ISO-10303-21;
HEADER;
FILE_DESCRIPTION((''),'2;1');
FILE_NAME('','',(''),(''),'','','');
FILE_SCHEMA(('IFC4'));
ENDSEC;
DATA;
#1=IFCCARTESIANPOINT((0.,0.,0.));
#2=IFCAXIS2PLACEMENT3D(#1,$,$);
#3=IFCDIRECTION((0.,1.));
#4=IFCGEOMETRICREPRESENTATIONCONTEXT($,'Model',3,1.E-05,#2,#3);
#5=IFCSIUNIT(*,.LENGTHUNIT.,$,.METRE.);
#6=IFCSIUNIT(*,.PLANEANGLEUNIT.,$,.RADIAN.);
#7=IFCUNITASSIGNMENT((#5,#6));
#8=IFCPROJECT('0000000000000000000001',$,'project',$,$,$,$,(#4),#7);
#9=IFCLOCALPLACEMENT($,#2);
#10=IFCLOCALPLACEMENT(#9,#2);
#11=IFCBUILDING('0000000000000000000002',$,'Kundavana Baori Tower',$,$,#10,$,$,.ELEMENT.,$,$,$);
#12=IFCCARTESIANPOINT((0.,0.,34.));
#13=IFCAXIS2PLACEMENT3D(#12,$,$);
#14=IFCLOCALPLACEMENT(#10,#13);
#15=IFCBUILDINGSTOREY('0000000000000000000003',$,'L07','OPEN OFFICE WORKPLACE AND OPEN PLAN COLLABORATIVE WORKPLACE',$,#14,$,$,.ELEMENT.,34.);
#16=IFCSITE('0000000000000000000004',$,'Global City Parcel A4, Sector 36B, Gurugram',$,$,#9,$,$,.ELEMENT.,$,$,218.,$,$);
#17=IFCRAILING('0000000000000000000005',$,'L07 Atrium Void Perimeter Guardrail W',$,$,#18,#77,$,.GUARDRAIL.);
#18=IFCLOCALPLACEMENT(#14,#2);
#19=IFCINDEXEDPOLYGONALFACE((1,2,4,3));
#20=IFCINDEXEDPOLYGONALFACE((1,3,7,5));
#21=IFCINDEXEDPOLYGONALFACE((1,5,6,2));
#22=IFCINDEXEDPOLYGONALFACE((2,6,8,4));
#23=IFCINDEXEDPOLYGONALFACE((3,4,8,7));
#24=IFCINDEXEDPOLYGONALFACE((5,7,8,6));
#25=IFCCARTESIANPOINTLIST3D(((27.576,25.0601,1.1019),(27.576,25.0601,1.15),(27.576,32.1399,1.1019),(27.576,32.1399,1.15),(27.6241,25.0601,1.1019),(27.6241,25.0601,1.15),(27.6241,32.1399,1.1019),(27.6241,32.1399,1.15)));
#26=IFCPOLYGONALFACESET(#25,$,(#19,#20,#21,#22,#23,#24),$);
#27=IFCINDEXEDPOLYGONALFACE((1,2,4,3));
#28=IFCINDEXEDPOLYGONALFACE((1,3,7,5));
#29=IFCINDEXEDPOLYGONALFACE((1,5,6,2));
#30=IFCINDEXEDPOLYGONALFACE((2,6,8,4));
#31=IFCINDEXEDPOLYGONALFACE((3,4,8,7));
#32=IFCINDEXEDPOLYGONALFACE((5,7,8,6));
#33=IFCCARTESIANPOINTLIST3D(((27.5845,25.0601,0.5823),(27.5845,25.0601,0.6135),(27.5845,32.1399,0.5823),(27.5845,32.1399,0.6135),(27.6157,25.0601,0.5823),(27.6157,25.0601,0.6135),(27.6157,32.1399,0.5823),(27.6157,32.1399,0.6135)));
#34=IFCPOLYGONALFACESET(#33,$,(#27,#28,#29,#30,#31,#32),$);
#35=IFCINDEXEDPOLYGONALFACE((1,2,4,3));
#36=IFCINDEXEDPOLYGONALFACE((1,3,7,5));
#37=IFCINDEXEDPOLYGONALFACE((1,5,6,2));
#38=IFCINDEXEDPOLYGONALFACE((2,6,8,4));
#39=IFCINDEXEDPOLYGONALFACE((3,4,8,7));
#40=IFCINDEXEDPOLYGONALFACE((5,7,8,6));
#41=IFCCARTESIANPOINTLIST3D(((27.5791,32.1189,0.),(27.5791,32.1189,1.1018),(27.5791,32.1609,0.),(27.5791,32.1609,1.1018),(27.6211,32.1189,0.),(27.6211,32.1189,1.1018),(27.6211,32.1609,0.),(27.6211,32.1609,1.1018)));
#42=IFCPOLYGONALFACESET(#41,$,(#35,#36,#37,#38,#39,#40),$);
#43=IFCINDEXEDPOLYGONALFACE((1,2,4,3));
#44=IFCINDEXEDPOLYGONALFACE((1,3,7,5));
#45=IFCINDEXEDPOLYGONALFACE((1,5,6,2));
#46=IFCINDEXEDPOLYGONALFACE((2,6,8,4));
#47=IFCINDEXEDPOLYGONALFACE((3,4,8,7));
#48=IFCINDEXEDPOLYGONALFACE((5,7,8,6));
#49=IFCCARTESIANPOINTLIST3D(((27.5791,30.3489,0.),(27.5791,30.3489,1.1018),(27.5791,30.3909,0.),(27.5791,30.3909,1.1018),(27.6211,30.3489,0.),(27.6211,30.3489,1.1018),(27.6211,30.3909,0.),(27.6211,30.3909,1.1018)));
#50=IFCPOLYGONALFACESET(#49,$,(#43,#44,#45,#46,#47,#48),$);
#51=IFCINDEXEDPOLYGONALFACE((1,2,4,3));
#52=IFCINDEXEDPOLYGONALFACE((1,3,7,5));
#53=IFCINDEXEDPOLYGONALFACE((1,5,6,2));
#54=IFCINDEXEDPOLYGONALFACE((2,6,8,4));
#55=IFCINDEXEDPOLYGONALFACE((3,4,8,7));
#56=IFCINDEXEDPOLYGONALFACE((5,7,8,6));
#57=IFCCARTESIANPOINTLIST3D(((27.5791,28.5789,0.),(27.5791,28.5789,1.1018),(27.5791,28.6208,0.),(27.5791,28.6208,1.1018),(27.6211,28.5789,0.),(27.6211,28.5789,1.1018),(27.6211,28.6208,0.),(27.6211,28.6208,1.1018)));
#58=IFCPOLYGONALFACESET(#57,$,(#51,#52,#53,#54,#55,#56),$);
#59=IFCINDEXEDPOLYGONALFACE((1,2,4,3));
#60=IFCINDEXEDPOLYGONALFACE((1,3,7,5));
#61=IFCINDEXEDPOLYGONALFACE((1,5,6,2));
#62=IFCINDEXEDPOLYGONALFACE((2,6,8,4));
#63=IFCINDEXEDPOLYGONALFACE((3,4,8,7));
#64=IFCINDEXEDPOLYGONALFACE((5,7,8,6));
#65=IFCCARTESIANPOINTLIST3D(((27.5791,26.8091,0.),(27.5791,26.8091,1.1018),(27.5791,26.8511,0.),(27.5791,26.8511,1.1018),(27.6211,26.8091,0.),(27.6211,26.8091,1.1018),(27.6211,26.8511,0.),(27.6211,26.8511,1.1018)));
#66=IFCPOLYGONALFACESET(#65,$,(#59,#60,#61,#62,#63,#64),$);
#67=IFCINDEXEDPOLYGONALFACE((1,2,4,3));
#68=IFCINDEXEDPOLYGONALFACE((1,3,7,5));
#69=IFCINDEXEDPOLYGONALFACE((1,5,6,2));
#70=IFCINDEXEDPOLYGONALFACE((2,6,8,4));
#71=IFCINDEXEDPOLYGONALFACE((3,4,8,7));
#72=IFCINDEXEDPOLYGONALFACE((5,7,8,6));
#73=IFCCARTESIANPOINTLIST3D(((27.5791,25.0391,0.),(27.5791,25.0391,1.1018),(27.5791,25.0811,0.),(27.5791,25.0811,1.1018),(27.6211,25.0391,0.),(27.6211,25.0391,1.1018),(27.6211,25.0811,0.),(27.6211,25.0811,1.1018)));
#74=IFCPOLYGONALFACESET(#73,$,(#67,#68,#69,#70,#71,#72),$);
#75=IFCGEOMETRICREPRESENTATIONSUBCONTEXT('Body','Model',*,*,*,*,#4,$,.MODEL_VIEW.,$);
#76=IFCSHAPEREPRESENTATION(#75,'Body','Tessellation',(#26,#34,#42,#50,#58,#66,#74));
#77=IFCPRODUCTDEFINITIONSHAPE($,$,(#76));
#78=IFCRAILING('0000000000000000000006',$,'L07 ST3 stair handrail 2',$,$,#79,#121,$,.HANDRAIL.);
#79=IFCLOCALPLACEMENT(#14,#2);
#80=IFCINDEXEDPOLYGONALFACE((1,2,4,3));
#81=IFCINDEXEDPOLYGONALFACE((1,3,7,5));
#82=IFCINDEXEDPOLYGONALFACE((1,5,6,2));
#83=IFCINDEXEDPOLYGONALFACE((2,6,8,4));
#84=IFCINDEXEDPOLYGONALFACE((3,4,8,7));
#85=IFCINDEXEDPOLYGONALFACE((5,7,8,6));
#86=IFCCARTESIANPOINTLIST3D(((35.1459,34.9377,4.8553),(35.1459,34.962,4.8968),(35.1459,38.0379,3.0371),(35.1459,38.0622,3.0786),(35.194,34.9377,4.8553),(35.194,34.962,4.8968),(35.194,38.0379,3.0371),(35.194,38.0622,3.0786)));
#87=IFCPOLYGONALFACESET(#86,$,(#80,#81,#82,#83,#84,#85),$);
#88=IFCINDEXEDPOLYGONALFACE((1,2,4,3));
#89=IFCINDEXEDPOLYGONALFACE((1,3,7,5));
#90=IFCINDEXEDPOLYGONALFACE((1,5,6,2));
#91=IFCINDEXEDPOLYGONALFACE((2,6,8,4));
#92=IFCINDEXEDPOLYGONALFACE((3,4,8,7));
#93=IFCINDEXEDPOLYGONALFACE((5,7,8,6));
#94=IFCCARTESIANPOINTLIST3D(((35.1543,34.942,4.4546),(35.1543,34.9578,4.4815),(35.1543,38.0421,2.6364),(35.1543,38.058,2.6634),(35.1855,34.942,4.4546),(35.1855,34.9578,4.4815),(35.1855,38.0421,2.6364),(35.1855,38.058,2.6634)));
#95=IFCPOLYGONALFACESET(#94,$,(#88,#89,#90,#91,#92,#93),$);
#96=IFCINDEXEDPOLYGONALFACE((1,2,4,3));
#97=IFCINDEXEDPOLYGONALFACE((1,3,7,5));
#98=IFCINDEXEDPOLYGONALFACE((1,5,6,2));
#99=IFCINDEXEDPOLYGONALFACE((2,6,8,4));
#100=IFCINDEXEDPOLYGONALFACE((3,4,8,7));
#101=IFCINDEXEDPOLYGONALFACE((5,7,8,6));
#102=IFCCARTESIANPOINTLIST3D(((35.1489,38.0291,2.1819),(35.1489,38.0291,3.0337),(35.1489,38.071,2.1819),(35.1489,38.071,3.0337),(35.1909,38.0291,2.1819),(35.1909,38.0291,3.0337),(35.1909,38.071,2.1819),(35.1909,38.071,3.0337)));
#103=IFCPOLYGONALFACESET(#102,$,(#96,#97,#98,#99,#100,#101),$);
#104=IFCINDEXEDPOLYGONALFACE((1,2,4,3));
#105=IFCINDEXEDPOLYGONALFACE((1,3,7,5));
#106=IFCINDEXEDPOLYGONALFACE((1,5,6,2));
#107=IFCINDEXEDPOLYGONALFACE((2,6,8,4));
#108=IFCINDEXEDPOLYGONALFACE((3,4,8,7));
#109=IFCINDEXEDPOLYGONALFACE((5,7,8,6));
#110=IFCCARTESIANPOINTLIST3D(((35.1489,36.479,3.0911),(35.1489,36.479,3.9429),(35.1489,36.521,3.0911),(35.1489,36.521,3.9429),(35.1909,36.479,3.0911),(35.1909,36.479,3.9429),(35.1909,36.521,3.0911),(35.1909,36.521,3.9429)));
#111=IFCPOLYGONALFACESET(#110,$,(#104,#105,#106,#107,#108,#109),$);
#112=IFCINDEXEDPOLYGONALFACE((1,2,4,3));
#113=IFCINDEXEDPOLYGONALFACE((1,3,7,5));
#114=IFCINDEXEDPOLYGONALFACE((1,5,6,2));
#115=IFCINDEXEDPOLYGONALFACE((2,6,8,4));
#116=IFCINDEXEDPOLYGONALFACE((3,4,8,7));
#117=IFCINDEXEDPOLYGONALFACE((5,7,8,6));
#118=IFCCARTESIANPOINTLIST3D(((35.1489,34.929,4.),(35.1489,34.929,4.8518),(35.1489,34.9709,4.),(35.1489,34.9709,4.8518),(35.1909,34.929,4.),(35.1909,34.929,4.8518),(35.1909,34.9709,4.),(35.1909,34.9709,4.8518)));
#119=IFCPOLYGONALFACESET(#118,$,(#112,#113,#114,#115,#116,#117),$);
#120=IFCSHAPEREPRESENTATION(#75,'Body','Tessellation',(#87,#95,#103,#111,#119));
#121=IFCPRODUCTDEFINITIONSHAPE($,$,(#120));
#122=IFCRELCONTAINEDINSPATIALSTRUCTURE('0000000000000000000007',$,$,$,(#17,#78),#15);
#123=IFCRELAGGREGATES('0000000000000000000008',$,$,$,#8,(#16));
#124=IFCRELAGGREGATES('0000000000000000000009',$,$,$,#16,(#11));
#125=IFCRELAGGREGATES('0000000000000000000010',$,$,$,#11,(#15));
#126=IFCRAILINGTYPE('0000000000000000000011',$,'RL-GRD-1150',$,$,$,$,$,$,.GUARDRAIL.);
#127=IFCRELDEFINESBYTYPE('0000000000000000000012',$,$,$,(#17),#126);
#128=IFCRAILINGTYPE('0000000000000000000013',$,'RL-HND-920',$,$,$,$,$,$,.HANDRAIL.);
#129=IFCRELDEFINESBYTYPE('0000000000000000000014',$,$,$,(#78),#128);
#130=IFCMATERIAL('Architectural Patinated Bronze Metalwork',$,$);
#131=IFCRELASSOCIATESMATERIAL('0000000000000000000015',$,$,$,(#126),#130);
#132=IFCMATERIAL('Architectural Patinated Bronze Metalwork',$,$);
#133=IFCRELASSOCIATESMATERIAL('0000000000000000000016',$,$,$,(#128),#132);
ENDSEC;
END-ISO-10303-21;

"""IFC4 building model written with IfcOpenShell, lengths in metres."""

from ifc_helpers import new_model, si_unit, direction, frame, origin, origin_2d, place, context, subcontext, project, spatial, rectangle, extrude, material, type_object, element, save


model = new_model("IFC4")

# Units and contexts
model_context = context("Model", 3, precision=1e-05, world=origin(), true_north=direction((0.0, 1.0)))
body_context = subcontext(model_context, "Body", "Model", "MODEL_VIEW")
ifc_project = project(units=[si_unit("LENGTHUNIT", "METRE"), si_unit("PLANEANGLEUNIT", "RADIAN")], contexts=[model_context])

# Site, building, storey
site_placement = place(None, origin())
site = spatial("IfcSite", under=ifc_project, at=site_placement, Name="Global City Parcel A4, Sector 36B, Gurugram", CompositionType="ELEMENT", RefElevation=218.0)
building_placement = place(site_placement, origin())
building = spatial("IfcBuilding", under=site, at=building_placement, Name="Kundavana Baori Tower", CompositionType="ELEMENT")
storey_placement = place(building_placement, frame((0.0, 0.0, 34.0)))
storey = spatial("IfcBuildingStorey", under=building, at=storey_placement, Name="L07", Description="OPEN OFFICE WORKPLACE AND OPEN PLAN COLLABORATIVE WORKPLACE", CompositionType="ELEMENT", Elevation=34.0)

# Railings
ifc_material_1 = material(Name="Architectural Patinated Bronze Metalwork")
railing_type_1 = type_object("IfcRailingType", Name="RL-GRD-1150", PredefinedType="GUARDRAIL", material=ifc_material_1)
railing_1_placement = place(storey_placement, frame((27.6001, 32.1399, 0.0)))
element("IfcRailing", 1, at=railing_1_placement, inside=storey, type_object=railing_type_1, Name="L07 Atrium Void Perimeter Guardrail W", PredefinedType="GUARDRAIL", context=body_context, shape_type="SweptSolid", body=[
    extrude(rectangle(XDim=0.0481, YDim=0.0481, at=origin_2d()), frame((0.0, 0.0, 1.126), z_axis=(0.0, -1.0, 0.0), x_axis=(1.0, 0.0, 0.0)), (0.0, 0.0, 1.0), 7.0798),
    extrude(rectangle(XDim=0.0312, YDim=0.0312, at=origin_2d()), frame((0.0, 0.0, 0.5979), z_axis=(0.0, -1.0, 0.0), x_axis=(1.0, 0.0, 0.0)), (0.0, 0.0, 1.0), 7.0798),
    extrude(rectangle(XDim=0.042, YDim=0.042, at=origin_2d()), origin(), (0.0, 0.0, 1.0), 1.1018),
    extrude(rectangle(XDim=0.042, YDim=0.042, at=origin_2d()), frame((0.0, -1.77, 0.0)), (0.0, 0.0, 1.0), 1.1018),
    extrude(rectangle(XDim=0.042, YDim=0.042, at=origin_2d()), frame((0.0, -3.54, 0.0)), (0.0, 0.0, 1.0), 1.1018),
    extrude(rectangle(XDim=0.042, YDim=0.042, at=origin_2d()), frame((0.0, -5.3098, 0.0)), (0.0, 0.0, 1.0), 1.1018),
    extrude(rectangle(XDim=0.042, YDim=0.042, at=origin_2d()), frame((0.0, -7.0798, 0.0)), (0.0, 0.0, 1.0), 1.1018),
])
ifc_material_2 = material(Name="Architectural Patinated Bronze Metalwork")
railing_type_2 = type_object("IfcRailingType", Name="RL-HND-920", PredefinedType="HANDRAIL", material=ifc_material_2)
railing_2_placement = place(storey_placement, frame((35.1699, 38.05, 2.1819)))
element("IfcRailing", 2, at=railing_2_placement, inside=storey, type_object=railing_type_2, Name="L07 ST3 stair handrail 2", PredefinedType="HANDRAIL", context=body_context, shape_type="SweptSolid", body=[
    extrude(rectangle(XDim=0.0481, YDim=0.0481, at=origin_2d()), frame((0.0, 0.0, 0.876), z_axis=(0.0, -0.862599, 0.505889), x_axis=(1.0, 0.0, 0.0)), (0.0, 0.0, 1.0), 3.594),
    extrude(rectangle(XDim=0.0312, YDim=0.0312, at=origin_2d()), frame((0.0, 0.0, 0.468), z_axis=(0.0, -0.862599, 0.505889), x_axis=(1.0, 0.0, 0.0)), (0.0, 0.0, 1.0), 3.594),
    extrude(rectangle(XDim=0.042, YDim=0.042, at=origin_2d()), origin(), (0.0, 0.0, 1.0), 0.8518),
    extrude(rectangle(XDim=0.042, YDim=0.042, at=origin_2d()), frame((0.0, -1.55, 0.9092)), (0.0, 0.0, 1.0), 0.8518),
    extrude(rectangle(XDim=0.042, YDim=0.042, at=origin_2d()), frame((0.0, -3.1001, 1.8181)), (0.0, 0.0, 1.0), 0.8518),
])

save(model, "model.ifc")
